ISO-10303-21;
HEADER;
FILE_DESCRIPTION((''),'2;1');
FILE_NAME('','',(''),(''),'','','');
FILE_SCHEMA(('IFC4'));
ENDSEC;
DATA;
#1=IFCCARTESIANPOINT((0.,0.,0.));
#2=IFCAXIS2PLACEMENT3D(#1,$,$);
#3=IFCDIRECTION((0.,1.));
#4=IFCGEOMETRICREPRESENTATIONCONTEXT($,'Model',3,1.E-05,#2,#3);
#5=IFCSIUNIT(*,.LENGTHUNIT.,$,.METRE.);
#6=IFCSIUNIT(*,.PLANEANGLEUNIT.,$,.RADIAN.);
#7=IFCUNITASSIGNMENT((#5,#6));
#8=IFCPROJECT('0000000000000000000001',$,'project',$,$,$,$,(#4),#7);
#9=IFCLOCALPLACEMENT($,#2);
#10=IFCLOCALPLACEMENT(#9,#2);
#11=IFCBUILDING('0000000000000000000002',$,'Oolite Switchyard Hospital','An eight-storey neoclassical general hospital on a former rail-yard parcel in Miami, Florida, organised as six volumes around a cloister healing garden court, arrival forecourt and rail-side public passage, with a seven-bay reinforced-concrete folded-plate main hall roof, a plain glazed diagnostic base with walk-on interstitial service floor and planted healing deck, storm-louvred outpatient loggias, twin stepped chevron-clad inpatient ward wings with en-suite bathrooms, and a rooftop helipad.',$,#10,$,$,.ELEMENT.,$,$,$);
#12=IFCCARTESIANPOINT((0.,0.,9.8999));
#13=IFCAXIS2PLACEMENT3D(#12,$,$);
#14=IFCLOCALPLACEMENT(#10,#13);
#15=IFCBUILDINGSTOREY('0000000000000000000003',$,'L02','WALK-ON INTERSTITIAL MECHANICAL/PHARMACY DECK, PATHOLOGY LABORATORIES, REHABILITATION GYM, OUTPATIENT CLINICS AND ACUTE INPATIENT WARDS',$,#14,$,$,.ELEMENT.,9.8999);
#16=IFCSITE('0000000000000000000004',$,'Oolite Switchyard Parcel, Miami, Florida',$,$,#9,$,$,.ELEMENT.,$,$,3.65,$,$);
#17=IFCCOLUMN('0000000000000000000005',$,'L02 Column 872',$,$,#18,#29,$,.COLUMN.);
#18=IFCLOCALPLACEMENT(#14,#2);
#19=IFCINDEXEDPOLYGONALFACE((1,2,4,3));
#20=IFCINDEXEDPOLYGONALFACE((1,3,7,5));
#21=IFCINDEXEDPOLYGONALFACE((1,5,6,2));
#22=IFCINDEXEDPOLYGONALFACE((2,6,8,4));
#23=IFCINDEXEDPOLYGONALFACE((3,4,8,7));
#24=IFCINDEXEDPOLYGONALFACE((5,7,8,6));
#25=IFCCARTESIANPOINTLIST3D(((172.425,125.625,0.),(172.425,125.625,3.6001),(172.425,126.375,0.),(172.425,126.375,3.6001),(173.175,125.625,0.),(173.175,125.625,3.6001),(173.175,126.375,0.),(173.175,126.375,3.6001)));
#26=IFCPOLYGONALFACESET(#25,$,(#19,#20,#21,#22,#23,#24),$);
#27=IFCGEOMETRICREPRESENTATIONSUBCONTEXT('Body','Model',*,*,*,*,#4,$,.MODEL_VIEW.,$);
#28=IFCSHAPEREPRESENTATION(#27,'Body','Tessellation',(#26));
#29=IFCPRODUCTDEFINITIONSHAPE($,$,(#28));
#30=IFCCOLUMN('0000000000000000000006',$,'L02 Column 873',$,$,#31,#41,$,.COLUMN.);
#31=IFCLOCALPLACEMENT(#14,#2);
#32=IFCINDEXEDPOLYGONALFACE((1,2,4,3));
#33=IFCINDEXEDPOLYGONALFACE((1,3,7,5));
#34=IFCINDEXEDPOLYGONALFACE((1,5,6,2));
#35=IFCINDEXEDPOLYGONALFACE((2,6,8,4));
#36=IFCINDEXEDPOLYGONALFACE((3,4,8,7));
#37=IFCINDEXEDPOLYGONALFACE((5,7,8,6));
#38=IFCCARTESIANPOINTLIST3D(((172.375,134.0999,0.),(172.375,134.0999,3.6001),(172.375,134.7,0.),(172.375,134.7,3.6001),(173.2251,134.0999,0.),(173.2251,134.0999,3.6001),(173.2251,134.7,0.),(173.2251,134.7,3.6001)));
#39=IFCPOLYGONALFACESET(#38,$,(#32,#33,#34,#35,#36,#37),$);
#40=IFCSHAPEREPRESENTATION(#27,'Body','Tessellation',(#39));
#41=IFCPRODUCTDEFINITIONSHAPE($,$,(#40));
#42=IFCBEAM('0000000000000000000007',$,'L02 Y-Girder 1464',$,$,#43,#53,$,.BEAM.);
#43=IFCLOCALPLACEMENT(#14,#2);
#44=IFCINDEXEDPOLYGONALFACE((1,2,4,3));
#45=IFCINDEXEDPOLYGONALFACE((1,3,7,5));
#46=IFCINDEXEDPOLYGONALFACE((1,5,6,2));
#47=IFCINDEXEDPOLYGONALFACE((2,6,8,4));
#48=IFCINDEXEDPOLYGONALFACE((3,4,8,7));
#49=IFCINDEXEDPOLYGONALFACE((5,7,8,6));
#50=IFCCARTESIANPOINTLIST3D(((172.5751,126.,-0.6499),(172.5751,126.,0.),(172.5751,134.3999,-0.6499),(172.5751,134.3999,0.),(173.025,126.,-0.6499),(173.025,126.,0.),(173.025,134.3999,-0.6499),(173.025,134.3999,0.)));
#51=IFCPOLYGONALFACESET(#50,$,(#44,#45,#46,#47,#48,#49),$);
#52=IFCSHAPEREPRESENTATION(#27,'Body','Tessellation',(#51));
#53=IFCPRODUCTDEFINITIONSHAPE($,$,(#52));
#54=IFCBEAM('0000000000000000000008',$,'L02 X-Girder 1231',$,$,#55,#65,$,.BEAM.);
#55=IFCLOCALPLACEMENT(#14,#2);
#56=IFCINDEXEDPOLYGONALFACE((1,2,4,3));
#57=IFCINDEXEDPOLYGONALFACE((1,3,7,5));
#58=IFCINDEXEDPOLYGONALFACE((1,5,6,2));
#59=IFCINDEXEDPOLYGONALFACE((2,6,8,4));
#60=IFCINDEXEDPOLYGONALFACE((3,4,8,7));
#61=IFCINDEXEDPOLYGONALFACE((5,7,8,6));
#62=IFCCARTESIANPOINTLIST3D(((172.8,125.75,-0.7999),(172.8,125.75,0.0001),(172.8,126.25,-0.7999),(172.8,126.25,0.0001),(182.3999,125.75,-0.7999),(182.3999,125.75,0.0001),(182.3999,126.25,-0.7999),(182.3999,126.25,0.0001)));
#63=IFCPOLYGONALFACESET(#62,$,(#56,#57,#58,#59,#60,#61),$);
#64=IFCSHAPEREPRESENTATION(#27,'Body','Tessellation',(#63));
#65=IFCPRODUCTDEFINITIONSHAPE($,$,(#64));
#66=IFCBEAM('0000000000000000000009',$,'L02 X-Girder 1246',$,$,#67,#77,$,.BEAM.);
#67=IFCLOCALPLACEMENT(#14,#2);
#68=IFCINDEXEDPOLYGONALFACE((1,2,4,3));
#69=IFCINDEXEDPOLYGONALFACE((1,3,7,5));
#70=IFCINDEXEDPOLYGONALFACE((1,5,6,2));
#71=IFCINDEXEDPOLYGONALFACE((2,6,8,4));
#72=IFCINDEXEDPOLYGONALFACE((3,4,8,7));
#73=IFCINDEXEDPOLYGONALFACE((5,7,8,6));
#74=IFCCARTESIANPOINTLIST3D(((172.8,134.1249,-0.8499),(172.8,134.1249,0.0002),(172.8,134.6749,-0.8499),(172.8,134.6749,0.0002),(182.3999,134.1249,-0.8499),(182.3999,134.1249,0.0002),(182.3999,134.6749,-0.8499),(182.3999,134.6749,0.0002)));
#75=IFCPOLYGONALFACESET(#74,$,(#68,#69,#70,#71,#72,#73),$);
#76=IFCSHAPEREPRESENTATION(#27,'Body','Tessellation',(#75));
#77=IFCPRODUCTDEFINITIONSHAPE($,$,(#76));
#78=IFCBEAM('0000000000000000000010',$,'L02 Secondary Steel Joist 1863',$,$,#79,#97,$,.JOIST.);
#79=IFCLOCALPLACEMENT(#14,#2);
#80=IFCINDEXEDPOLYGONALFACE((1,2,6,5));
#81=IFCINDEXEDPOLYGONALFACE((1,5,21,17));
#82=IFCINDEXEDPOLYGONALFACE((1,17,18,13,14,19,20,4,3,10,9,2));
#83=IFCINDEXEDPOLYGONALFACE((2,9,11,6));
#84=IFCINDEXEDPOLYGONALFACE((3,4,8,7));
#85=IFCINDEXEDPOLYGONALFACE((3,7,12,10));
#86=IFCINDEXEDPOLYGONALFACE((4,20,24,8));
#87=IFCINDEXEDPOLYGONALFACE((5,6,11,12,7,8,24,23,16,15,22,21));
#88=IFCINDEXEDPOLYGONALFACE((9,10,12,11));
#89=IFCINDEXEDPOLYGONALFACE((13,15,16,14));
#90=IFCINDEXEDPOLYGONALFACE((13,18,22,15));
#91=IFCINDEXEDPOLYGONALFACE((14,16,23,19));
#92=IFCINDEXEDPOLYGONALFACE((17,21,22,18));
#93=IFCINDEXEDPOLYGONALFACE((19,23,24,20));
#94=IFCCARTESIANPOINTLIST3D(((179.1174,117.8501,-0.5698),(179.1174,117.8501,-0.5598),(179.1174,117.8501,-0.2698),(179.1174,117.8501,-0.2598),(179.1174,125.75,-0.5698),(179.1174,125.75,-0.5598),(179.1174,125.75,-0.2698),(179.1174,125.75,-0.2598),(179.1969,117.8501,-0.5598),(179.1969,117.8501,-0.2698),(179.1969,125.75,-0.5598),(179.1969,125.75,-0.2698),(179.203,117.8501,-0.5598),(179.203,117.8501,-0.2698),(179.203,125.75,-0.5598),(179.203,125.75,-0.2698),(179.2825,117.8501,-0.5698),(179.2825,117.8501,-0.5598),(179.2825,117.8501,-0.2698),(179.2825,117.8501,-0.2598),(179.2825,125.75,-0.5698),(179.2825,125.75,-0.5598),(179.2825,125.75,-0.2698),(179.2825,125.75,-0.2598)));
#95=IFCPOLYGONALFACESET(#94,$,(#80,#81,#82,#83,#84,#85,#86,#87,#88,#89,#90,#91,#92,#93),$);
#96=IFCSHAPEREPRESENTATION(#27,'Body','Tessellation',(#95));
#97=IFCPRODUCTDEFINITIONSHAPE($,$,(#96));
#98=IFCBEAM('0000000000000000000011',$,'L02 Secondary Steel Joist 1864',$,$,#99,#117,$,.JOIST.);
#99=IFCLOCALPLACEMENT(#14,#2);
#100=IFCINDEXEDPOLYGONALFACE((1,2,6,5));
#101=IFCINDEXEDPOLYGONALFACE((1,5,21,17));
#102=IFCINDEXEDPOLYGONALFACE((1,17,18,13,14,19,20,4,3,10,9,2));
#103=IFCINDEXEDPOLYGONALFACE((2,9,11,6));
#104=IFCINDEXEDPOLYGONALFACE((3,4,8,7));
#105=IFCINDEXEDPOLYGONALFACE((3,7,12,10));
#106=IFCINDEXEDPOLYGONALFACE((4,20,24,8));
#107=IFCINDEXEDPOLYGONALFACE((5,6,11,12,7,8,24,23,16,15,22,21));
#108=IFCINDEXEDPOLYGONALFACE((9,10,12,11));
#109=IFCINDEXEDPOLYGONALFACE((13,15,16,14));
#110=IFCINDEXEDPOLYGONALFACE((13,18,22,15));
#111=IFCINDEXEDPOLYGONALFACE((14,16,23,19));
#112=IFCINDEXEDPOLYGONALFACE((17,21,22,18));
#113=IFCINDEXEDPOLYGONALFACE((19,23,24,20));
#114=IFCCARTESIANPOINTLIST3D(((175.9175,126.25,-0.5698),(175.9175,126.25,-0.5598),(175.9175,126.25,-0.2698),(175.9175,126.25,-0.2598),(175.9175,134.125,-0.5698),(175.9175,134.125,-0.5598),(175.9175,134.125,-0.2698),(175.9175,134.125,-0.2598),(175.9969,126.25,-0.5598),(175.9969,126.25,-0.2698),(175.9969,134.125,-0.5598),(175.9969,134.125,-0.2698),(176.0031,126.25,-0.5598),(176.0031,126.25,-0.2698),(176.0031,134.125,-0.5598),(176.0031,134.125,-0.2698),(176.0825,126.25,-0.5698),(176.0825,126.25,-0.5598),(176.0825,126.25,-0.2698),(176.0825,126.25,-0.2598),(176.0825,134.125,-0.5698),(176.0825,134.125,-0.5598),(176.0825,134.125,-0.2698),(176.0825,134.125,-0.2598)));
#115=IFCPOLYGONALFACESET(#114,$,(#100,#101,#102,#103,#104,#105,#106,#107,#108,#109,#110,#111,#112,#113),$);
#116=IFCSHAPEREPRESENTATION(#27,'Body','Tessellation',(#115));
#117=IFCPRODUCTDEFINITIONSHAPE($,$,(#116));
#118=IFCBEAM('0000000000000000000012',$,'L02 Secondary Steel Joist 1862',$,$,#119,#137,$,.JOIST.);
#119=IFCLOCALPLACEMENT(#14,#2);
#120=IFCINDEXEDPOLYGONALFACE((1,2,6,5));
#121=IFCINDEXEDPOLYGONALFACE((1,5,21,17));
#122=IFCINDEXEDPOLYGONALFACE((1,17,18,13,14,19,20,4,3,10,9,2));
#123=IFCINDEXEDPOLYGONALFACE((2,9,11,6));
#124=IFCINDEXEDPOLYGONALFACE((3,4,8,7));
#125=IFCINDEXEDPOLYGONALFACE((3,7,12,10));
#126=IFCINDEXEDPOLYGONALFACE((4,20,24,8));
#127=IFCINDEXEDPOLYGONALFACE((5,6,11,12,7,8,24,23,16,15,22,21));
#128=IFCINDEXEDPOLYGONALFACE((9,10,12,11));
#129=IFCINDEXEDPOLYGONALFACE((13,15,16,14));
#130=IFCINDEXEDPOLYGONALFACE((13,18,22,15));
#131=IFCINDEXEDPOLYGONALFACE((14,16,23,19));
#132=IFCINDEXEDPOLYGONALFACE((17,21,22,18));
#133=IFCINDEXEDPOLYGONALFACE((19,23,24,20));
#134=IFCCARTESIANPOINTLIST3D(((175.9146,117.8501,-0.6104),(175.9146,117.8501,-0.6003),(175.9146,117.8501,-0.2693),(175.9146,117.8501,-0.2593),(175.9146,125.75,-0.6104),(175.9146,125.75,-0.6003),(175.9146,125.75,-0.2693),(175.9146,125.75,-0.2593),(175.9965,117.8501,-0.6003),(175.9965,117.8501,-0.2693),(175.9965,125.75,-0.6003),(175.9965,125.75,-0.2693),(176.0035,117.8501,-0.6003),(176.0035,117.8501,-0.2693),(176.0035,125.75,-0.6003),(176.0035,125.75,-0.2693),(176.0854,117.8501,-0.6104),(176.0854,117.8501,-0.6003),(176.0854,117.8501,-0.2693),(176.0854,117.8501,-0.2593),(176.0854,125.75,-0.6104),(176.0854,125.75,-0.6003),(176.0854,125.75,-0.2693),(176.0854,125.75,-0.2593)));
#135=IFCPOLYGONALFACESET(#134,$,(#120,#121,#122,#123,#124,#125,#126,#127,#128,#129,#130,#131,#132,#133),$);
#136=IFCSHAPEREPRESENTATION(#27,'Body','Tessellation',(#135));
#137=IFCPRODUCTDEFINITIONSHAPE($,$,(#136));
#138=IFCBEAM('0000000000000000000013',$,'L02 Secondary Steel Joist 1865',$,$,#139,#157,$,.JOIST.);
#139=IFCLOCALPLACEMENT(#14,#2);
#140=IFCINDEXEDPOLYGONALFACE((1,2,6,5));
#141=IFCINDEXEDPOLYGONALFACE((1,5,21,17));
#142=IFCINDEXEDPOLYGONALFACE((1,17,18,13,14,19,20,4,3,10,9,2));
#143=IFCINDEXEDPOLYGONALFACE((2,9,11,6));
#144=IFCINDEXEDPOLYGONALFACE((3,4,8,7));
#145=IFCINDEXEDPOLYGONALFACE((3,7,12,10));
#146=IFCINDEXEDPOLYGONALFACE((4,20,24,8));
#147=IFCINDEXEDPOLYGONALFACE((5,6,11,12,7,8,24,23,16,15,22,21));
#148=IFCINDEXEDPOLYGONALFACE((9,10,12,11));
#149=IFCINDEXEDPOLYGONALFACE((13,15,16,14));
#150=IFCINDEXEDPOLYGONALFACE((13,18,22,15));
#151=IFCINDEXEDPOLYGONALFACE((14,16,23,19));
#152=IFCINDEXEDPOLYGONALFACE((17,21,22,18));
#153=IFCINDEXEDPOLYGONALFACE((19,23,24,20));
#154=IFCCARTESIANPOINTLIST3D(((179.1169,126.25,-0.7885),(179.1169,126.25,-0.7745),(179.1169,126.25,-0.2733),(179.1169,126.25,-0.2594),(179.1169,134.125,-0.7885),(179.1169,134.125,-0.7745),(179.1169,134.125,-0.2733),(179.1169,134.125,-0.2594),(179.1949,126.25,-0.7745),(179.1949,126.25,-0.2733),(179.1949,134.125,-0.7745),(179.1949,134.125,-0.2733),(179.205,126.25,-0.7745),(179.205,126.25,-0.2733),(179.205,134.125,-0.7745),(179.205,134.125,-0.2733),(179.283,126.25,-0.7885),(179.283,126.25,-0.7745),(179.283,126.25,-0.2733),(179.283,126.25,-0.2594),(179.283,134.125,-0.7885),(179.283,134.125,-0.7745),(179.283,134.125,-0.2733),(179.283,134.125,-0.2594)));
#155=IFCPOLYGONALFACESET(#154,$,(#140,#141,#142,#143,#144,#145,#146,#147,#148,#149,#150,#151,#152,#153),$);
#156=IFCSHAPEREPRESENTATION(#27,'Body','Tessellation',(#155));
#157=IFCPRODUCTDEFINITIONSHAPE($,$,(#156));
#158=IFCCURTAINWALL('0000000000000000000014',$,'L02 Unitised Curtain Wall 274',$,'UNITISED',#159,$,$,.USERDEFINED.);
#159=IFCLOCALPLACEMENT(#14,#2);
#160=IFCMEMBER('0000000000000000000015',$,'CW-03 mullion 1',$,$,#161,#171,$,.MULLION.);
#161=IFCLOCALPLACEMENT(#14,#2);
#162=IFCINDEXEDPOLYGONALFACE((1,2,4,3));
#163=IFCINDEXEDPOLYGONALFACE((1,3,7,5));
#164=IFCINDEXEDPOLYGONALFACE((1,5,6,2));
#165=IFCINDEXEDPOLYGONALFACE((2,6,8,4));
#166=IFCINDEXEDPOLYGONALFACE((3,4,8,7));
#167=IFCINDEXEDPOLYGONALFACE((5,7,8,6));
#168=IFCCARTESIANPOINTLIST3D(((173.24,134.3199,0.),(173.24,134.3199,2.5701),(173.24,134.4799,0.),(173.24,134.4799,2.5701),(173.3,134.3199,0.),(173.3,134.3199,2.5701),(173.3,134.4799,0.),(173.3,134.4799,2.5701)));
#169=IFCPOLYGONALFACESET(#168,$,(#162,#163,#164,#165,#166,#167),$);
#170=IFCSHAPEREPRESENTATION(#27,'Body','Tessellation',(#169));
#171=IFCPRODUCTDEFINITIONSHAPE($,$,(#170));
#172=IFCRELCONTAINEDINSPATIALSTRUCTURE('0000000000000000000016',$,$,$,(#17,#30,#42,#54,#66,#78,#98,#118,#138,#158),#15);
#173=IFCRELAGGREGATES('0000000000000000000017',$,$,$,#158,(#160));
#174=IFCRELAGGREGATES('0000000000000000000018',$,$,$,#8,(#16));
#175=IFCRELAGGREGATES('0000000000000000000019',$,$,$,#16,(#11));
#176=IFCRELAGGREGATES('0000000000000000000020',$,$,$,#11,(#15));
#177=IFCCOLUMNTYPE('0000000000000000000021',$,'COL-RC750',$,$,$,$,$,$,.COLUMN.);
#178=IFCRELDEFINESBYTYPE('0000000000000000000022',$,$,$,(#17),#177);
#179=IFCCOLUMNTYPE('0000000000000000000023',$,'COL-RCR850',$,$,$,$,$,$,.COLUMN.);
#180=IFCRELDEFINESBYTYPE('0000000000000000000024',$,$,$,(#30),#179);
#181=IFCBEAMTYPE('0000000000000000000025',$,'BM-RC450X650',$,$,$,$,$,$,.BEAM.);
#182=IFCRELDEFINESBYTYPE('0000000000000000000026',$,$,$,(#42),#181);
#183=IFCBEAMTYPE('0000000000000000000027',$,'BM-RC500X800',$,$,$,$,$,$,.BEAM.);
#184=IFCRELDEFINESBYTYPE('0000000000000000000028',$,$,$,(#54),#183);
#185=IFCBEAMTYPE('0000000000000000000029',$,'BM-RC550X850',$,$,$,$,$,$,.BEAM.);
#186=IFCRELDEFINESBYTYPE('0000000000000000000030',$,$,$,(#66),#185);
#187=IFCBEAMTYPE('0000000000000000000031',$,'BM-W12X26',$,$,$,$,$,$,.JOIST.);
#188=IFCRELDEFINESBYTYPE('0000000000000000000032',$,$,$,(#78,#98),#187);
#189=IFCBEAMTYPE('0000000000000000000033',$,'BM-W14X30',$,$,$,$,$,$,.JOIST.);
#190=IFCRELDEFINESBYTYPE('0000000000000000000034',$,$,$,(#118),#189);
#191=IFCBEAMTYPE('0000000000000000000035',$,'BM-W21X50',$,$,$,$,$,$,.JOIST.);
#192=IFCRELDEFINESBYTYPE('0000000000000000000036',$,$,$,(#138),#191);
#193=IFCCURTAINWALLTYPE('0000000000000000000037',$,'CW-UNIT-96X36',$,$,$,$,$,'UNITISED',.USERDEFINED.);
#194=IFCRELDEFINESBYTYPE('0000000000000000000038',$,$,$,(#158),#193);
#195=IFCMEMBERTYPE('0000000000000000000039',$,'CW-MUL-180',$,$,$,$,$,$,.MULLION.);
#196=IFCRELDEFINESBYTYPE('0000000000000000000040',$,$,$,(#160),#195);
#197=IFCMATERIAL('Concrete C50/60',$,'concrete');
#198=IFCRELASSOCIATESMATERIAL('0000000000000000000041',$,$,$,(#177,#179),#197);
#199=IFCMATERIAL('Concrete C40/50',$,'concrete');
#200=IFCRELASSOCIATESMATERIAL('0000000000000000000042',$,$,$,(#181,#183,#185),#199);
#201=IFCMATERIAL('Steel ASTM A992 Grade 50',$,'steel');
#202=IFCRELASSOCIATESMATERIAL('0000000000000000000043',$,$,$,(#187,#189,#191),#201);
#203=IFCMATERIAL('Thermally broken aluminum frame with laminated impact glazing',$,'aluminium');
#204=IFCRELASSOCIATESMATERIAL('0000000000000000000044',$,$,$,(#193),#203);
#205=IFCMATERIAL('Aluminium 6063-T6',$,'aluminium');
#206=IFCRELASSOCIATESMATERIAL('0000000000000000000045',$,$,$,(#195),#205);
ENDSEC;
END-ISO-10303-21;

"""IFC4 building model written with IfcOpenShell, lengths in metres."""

from ifc_helpers import new_model, si_unit, direction, frame, origin, origin_2d, place, context, subcontext, project, spatial, rectangle, i_section, extrude, material, material_profile, profile_set, type_object, element, aggregate, save


model = new_model("IFC4")

# Units and contexts
model_context = context("Model", 3, precision=1e-05, world=origin(), true_north=direction((0.0, 1.0)))
body_context = subcontext(model_context, "Body", "Model", "MODEL_VIEW")
ifc_project = project(units=[si_unit("LENGTHUNIT", "METRE"), si_unit("PLANEANGLEUNIT", "RADIAN")], contexts=[model_context])

# Site, building, storey
site_placement = place(None, origin())
site = spatial("IfcSite", under=ifc_project, at=site_placement, Name="Oolite Switchyard Parcel, Miami, Florida", CompositionType="ELEMENT", RefElevation=3.65)
building_placement = place(site_placement, origin())
building = spatial("IfcBuilding", under=site, at=building_placement, Name="Oolite Switchyard Hospital", Description="An eight-storey neoclassical general hospital on a former rail-yard parcel in Miami, Florida, organised as six volumes around a cloister healing garden court, arrival forecourt and rail-side public passage, with a seven-bay reinforced-concrete folded-plate main hall roof, a plain glazed diagnostic base with walk-on interstitial service floor and planted healing deck, storm-louvred outpatient loggias, twin stepped chevron-clad inpatient ward wings with en-suite bathrooms, and a rooftop helipad.", CompositionType="ELEMENT")
storey_placement = place(building_placement, frame((0.0, 0.0, 9.8999)))
storey = spatial("IfcBuildingStorey", under=building, at=storey_placement, Name="L02", Description="WALK-ON INTERSTITIAL MECHANICAL/PHARMACY DECK, PATHOLOGY LABORATORIES, REHABILITATION GYM, OUTPATIENT CLINICS AND ACUTE INPATIENT WARDS", CompositionType="ELEMENT", Elevation=9.8999)

# Columns
ifc_material_1 = material(Name="Concrete C50/60", Category="concrete")
ifc_material_profile_1 = material_profile(ifc_material_1, rectangle(XDim=0.75, YDim=0.75, at=origin_2d()), Name="RC750X750")
ifc_profile_set_1 = profile_set([ifc_material_profile_1], Name="Concrete C50/60")
column_type_1 = type_object("IfcColumnType", Name="COL-RC750", PredefinedType="COLUMN", material=ifc_profile_set_1)
column_1_placement = place(storey_placement, frame((172.8, 126.0, 0.0), z_axis=(0.0, 0.0, 1.0), x_axis=(1.0, 0.0, 0.0)))
element("IfcColumn", 1, at=column_1_placement, inside=storey, type_object=column_type_1, Name="L02 Column 872", PredefinedType="COLUMN", context=body_context, shape_type="SweptSolid", body=[
    extrude(rectangle(XDim=0.75, YDim=0.75, at=origin_2d()), origin(), (0.0, 0.0, 1.0), 3.6001),
])
ifc_material_profile_2 = material_profile(ifc_material_1, rectangle(XDim=0.8501, YDim=0.6001, at=origin_2d()), Name="RC850X600")
ifc_profile_set_2 = profile_set([ifc_material_profile_2], Name="Concrete C50/60")
column_type_2 = type_object("IfcColumnType", Name="COL-RCR850", PredefinedType="COLUMN", material=ifc_profile_set_2)
column_2_placement = place(storey_placement, frame((172.8, 134.3999, 0.0), z_axis=(0.0, 0.0, 1.0), x_axis=(1.0, 0.0, 0.0)))
element("IfcColumn", 2, at=column_2_placement, inside=storey, type_object=column_type_2, Name="L02 Column 873", PredefinedType="COLUMN", context=body_context, shape_type="SweptSolid", body=[
    extrude(rectangle(XDim=0.8501, YDim=0.6001, at=origin_2d()), origin(), (0.0, 0.0, 1.0), 3.6001),
])

# Beams
ifc_material_2 = material(Name="Concrete C40/50", Category="concrete")
ifc_material_profile_3 = material_profile(ifc_material_2, rectangle(XDim=0.45, YDim=0.6499, at=origin_2d()), Name="RCB450X650")
ifc_profile_set_3 = profile_set([ifc_material_profile_3], Name="Concrete C40/50")
beam_type_1 = type_object("IfcBeamType", Name="BM-RC450X650", PredefinedType="BEAM", material=ifc_profile_set_3)
beam_1_placement = place(storey_placement, frame((172.8, 126.0, -0.325), z_axis=(0.0, 1.0, 0.0), x_axis=(-1.0, 0.0, 0.0)))
element("IfcBeam", 3, at=beam_1_placement, inside=storey, type_object=beam_type_1, Name="L02 Y-Girder 1464", PredefinedType="BEAM", context=body_context, shape_type="SweptSolid", body=[
    extrude(rectangle(XDim=0.45, YDim=0.6499, at=origin_2d()), origin(), (0.0, 0.0, 1.0), 8.3999),
])
ifc_material_profile_4 = material_profile(ifc_material_2, rectangle(XDim=0.5, YDim=0.8, at=origin_2d()), Name="RCB500X800")
ifc_profile_set_4 = profile_set([ifc_material_profile_4], Name="Concrete C40/50")
beam_type_2 = type_object("IfcBeamType", Name="BM-RC500X800", PredefinedType="BEAM", material=ifc_profile_set_4)
beam_2_placement = place(storey_placement, frame((172.8, 126.0, -0.3999), z_axis=(1.0, 0.0, 0.0), x_axis=(0.0, 1.0, 0.0)))
element("IfcBeam", 4, at=beam_2_placement, inside=storey, type_object=beam_type_2, Name="L02 X-Girder 1231", PredefinedType="BEAM", context=body_context, shape_type="SweptSolid", body=[
    extrude(rectangle(XDim=0.5, YDim=0.8, at=origin_2d()), origin(), (0.0, 0.0, 1.0), 9.5999),
])
ifc_material_profile_5 = material_profile(ifc_material_2, rectangle(XDim=0.55, YDim=0.8501, at=origin_2d()), Name="RCB550X850")
ifc_profile_set_5 = profile_set([ifc_material_profile_5], Name="Concrete C40/50")
beam_type_3 = type_object("IfcBeamType", Name="BM-RC550X850", PredefinedType="BEAM", material=ifc_profile_set_5)
beam_3_placement = place(storey_placement, frame((172.8, 134.3999, -0.4248), z_axis=(1.0, 0.0, 0.0), x_axis=(0.0, 1.0, 0.0)))
element("IfcBeam", 5, at=beam_3_placement, inside=storey, type_object=beam_type_3, Name="L02 X-Girder 1246", PredefinedType="BEAM", context=body_context, shape_type="SweptSolid", body=[
    extrude(rectangle(XDim=0.55, YDim=0.8501, at=origin_2d()), origin(), (0.0, 0.0, 1.0), 9.5999),
])
ifc_material_3 = material(Name="Steel ASTM A992 Grade 50", Category="steel")
ifc_material_profile_6 = material_profile(ifc_material_3, i_section(OverallWidth=0.165, OverallDepth=0.3101, WebThickness=0.0061, FlangeThickness=0.01, at=origin_2d()), Name="W12X26")
ifc_profile_set_6 = profile_set([ifc_material_profile_6], Name="Steel ASTM A992 Grade 50")
beam_type_4 = type_object("IfcBeamType", Name="BM-W12X26", PredefinedType="JOIST", material=ifc_profile_set_6)
beam_4_placement = place(storey_placement, frame((179.2, 117.8501, -0.4148), z_axis=(0.0, 1.0, 0.0), x_axis=(-1.0, 0.0, 0.0)))
element("IfcBeam", 6, at=beam_4_placement, inside=storey, type_object=beam_type_4, Name="L02 Secondary Steel Joist 1863", PredefinedType="JOIST", context=body_context, shape_type="SweptSolid", body=[
    extrude(i_section(OverallWidth=0.165, OverallDepth=0.3101, WebThickness=0.0061, FlangeThickness=0.01, at=origin_2d()), origin(), (0.0, 0.0, 1.0), 7.8999),
])
beam_5_placement = place(storey_placement, frame((176.0, 126.25, -0.4148), z_axis=(0.0, 1.0, 0.0), x_axis=(-1.0, 0.0, 0.0)))
element("IfcBeam", 7, at=beam_5_placement, inside=storey, type_object=beam_type_4, Name="L02 Secondary Steel Joist 1864", PredefinedType="JOIST", context=body_context, shape_type="SweptSolid", body=[
    extrude(i_section(OverallWidth=0.165, OverallDepth=0.3101, WebThickness=0.0061, FlangeThickness=0.01, at=origin_2d()), origin(), (0.0, 0.0, 1.0), 7.875),
])
ifc_material_profile_7 = material_profile(ifc_material_3, i_section(OverallWidth=0.1709, OverallDepth=0.3511, WebThickness=0.0071, FlangeThickness=0.01, at=origin_2d()), Name="W14X30")
ifc_profile_set_7 = profile_set([ifc_material_profile_7], Name="Steel ASTM A992 Grade 50")
beam_type_5 = type_object("IfcBeamType", Name="BM-W14X30", PredefinedType="JOIST", material=ifc_profile_set_7)
beam_6_placement = place(storey_placement, frame((176.0, 117.8501, -0.4348), z_axis=(0.0, 1.0, 0.0), x_axis=(-1.0, 0.0, 0.0)))
element("IfcBeam", 8, at=beam_6_placement, inside=storey, type_object=beam_type_5, Name="L02 Secondary Steel Joist 1862", PredefinedType="JOIST", context=body_context, shape_type="SweptSolid", body=[
    extrude(i_section(OverallWidth=0.1709, OverallDepth=0.3511, WebThickness=0.0071, FlangeThickness=0.01, at=origin_2d()), origin(), (0.0, 0.0, 1.0), 7.8999),
])
ifc_material_profile_8 = material_profile(ifc_material_3, i_section(OverallWidth=0.166, OverallDepth=0.5291, WebThickness=0.01, FlangeThickness=0.0139, at=origin_2d()), Name="W21X50")
ifc_profile_set_8 = profile_set([ifc_material_profile_8], Name="Steel ASTM A992 Grade 50")
beam_type_6 = type_object("IfcBeamType", Name="BM-W21X50", PredefinedType="JOIST", material=ifc_profile_set_8)
beam_7_placement = place(storey_placement, frame((179.2, 126.25, -0.5239), z_axis=(0.0, 1.0, 0.0), x_axis=(-1.0, 0.0, 0.0)))
element("IfcBeam", 9, at=beam_7_placement, inside=storey, type_object=beam_type_6, Name="L02 Secondary Steel Joist 1865", PredefinedType="JOIST", context=body_context, shape_type="SweptSolid", body=[
    extrude(i_section(OverallWidth=0.166, OverallDepth=0.5291, WebThickness=0.01, FlangeThickness=0.0139, at=origin_2d()), origin(), (0.0, 0.0, 1.0), 7.875),
])

# Curtain wall, member
ifc_material_4 = material(Name="Thermally broken aluminum frame with laminated impact glazing", Category="aluminium")
curtain_wall_type = type_object("IfcCurtainWallType", Name="CW-UNIT-96X36", ElementType="UNITISED", PredefinedType="USERDEFINED", material=ifc_material_4)
curtain_wall_placement = place(storey_placement, origin())
curtain_wall = element("IfcCurtainWall", 10, at=curtain_wall_placement, inside=storey, type_object=curtain_wall_type, Name="L02 Unitised Curtain Wall 274", ObjectType="UNITISED", PredefinedType="USERDEFINED")
ifc_material_5 = material(Name="Aluminium 6063-T6", Category="aluminium")
ifc_material_profile_9 = material_profile(ifc_material_5, rectangle(XDim=0.1599, YDim=0.0601, at=origin_2d()), Name="CWM60X160")
ifc_profile_set_9 = profile_set([ifc_material_profile_9], Name="Aluminium 6063-T6")
member_type_1 = type_object("IfcMemberType", Name="CW-MUL-180", PredefinedType="MULLION", material=ifc_profile_set_9)
member_1_placement = place(storey_placement, frame((173.27, 134.3999, 0.0), z_axis=(0.0, 0.0, 1.0), x_axis=(0.0, 1.0, 0.0)))
member_1 = element("IfcMember", 11, at=member_1_placement, type_object=member_type_1, Name="CW-03 mullion 1", PredefinedType="MULLION", context=body_context, shape_type="SweptSolid", body=[
    extrude(rectangle(XDim=0.1599, YDim=0.0601, at=origin_2d()), origin(), (0.0, 0.0, 1.0), 2.5701),
])
aggregate(curtain_wall, [member_1])

save(model, "model.ifc")
